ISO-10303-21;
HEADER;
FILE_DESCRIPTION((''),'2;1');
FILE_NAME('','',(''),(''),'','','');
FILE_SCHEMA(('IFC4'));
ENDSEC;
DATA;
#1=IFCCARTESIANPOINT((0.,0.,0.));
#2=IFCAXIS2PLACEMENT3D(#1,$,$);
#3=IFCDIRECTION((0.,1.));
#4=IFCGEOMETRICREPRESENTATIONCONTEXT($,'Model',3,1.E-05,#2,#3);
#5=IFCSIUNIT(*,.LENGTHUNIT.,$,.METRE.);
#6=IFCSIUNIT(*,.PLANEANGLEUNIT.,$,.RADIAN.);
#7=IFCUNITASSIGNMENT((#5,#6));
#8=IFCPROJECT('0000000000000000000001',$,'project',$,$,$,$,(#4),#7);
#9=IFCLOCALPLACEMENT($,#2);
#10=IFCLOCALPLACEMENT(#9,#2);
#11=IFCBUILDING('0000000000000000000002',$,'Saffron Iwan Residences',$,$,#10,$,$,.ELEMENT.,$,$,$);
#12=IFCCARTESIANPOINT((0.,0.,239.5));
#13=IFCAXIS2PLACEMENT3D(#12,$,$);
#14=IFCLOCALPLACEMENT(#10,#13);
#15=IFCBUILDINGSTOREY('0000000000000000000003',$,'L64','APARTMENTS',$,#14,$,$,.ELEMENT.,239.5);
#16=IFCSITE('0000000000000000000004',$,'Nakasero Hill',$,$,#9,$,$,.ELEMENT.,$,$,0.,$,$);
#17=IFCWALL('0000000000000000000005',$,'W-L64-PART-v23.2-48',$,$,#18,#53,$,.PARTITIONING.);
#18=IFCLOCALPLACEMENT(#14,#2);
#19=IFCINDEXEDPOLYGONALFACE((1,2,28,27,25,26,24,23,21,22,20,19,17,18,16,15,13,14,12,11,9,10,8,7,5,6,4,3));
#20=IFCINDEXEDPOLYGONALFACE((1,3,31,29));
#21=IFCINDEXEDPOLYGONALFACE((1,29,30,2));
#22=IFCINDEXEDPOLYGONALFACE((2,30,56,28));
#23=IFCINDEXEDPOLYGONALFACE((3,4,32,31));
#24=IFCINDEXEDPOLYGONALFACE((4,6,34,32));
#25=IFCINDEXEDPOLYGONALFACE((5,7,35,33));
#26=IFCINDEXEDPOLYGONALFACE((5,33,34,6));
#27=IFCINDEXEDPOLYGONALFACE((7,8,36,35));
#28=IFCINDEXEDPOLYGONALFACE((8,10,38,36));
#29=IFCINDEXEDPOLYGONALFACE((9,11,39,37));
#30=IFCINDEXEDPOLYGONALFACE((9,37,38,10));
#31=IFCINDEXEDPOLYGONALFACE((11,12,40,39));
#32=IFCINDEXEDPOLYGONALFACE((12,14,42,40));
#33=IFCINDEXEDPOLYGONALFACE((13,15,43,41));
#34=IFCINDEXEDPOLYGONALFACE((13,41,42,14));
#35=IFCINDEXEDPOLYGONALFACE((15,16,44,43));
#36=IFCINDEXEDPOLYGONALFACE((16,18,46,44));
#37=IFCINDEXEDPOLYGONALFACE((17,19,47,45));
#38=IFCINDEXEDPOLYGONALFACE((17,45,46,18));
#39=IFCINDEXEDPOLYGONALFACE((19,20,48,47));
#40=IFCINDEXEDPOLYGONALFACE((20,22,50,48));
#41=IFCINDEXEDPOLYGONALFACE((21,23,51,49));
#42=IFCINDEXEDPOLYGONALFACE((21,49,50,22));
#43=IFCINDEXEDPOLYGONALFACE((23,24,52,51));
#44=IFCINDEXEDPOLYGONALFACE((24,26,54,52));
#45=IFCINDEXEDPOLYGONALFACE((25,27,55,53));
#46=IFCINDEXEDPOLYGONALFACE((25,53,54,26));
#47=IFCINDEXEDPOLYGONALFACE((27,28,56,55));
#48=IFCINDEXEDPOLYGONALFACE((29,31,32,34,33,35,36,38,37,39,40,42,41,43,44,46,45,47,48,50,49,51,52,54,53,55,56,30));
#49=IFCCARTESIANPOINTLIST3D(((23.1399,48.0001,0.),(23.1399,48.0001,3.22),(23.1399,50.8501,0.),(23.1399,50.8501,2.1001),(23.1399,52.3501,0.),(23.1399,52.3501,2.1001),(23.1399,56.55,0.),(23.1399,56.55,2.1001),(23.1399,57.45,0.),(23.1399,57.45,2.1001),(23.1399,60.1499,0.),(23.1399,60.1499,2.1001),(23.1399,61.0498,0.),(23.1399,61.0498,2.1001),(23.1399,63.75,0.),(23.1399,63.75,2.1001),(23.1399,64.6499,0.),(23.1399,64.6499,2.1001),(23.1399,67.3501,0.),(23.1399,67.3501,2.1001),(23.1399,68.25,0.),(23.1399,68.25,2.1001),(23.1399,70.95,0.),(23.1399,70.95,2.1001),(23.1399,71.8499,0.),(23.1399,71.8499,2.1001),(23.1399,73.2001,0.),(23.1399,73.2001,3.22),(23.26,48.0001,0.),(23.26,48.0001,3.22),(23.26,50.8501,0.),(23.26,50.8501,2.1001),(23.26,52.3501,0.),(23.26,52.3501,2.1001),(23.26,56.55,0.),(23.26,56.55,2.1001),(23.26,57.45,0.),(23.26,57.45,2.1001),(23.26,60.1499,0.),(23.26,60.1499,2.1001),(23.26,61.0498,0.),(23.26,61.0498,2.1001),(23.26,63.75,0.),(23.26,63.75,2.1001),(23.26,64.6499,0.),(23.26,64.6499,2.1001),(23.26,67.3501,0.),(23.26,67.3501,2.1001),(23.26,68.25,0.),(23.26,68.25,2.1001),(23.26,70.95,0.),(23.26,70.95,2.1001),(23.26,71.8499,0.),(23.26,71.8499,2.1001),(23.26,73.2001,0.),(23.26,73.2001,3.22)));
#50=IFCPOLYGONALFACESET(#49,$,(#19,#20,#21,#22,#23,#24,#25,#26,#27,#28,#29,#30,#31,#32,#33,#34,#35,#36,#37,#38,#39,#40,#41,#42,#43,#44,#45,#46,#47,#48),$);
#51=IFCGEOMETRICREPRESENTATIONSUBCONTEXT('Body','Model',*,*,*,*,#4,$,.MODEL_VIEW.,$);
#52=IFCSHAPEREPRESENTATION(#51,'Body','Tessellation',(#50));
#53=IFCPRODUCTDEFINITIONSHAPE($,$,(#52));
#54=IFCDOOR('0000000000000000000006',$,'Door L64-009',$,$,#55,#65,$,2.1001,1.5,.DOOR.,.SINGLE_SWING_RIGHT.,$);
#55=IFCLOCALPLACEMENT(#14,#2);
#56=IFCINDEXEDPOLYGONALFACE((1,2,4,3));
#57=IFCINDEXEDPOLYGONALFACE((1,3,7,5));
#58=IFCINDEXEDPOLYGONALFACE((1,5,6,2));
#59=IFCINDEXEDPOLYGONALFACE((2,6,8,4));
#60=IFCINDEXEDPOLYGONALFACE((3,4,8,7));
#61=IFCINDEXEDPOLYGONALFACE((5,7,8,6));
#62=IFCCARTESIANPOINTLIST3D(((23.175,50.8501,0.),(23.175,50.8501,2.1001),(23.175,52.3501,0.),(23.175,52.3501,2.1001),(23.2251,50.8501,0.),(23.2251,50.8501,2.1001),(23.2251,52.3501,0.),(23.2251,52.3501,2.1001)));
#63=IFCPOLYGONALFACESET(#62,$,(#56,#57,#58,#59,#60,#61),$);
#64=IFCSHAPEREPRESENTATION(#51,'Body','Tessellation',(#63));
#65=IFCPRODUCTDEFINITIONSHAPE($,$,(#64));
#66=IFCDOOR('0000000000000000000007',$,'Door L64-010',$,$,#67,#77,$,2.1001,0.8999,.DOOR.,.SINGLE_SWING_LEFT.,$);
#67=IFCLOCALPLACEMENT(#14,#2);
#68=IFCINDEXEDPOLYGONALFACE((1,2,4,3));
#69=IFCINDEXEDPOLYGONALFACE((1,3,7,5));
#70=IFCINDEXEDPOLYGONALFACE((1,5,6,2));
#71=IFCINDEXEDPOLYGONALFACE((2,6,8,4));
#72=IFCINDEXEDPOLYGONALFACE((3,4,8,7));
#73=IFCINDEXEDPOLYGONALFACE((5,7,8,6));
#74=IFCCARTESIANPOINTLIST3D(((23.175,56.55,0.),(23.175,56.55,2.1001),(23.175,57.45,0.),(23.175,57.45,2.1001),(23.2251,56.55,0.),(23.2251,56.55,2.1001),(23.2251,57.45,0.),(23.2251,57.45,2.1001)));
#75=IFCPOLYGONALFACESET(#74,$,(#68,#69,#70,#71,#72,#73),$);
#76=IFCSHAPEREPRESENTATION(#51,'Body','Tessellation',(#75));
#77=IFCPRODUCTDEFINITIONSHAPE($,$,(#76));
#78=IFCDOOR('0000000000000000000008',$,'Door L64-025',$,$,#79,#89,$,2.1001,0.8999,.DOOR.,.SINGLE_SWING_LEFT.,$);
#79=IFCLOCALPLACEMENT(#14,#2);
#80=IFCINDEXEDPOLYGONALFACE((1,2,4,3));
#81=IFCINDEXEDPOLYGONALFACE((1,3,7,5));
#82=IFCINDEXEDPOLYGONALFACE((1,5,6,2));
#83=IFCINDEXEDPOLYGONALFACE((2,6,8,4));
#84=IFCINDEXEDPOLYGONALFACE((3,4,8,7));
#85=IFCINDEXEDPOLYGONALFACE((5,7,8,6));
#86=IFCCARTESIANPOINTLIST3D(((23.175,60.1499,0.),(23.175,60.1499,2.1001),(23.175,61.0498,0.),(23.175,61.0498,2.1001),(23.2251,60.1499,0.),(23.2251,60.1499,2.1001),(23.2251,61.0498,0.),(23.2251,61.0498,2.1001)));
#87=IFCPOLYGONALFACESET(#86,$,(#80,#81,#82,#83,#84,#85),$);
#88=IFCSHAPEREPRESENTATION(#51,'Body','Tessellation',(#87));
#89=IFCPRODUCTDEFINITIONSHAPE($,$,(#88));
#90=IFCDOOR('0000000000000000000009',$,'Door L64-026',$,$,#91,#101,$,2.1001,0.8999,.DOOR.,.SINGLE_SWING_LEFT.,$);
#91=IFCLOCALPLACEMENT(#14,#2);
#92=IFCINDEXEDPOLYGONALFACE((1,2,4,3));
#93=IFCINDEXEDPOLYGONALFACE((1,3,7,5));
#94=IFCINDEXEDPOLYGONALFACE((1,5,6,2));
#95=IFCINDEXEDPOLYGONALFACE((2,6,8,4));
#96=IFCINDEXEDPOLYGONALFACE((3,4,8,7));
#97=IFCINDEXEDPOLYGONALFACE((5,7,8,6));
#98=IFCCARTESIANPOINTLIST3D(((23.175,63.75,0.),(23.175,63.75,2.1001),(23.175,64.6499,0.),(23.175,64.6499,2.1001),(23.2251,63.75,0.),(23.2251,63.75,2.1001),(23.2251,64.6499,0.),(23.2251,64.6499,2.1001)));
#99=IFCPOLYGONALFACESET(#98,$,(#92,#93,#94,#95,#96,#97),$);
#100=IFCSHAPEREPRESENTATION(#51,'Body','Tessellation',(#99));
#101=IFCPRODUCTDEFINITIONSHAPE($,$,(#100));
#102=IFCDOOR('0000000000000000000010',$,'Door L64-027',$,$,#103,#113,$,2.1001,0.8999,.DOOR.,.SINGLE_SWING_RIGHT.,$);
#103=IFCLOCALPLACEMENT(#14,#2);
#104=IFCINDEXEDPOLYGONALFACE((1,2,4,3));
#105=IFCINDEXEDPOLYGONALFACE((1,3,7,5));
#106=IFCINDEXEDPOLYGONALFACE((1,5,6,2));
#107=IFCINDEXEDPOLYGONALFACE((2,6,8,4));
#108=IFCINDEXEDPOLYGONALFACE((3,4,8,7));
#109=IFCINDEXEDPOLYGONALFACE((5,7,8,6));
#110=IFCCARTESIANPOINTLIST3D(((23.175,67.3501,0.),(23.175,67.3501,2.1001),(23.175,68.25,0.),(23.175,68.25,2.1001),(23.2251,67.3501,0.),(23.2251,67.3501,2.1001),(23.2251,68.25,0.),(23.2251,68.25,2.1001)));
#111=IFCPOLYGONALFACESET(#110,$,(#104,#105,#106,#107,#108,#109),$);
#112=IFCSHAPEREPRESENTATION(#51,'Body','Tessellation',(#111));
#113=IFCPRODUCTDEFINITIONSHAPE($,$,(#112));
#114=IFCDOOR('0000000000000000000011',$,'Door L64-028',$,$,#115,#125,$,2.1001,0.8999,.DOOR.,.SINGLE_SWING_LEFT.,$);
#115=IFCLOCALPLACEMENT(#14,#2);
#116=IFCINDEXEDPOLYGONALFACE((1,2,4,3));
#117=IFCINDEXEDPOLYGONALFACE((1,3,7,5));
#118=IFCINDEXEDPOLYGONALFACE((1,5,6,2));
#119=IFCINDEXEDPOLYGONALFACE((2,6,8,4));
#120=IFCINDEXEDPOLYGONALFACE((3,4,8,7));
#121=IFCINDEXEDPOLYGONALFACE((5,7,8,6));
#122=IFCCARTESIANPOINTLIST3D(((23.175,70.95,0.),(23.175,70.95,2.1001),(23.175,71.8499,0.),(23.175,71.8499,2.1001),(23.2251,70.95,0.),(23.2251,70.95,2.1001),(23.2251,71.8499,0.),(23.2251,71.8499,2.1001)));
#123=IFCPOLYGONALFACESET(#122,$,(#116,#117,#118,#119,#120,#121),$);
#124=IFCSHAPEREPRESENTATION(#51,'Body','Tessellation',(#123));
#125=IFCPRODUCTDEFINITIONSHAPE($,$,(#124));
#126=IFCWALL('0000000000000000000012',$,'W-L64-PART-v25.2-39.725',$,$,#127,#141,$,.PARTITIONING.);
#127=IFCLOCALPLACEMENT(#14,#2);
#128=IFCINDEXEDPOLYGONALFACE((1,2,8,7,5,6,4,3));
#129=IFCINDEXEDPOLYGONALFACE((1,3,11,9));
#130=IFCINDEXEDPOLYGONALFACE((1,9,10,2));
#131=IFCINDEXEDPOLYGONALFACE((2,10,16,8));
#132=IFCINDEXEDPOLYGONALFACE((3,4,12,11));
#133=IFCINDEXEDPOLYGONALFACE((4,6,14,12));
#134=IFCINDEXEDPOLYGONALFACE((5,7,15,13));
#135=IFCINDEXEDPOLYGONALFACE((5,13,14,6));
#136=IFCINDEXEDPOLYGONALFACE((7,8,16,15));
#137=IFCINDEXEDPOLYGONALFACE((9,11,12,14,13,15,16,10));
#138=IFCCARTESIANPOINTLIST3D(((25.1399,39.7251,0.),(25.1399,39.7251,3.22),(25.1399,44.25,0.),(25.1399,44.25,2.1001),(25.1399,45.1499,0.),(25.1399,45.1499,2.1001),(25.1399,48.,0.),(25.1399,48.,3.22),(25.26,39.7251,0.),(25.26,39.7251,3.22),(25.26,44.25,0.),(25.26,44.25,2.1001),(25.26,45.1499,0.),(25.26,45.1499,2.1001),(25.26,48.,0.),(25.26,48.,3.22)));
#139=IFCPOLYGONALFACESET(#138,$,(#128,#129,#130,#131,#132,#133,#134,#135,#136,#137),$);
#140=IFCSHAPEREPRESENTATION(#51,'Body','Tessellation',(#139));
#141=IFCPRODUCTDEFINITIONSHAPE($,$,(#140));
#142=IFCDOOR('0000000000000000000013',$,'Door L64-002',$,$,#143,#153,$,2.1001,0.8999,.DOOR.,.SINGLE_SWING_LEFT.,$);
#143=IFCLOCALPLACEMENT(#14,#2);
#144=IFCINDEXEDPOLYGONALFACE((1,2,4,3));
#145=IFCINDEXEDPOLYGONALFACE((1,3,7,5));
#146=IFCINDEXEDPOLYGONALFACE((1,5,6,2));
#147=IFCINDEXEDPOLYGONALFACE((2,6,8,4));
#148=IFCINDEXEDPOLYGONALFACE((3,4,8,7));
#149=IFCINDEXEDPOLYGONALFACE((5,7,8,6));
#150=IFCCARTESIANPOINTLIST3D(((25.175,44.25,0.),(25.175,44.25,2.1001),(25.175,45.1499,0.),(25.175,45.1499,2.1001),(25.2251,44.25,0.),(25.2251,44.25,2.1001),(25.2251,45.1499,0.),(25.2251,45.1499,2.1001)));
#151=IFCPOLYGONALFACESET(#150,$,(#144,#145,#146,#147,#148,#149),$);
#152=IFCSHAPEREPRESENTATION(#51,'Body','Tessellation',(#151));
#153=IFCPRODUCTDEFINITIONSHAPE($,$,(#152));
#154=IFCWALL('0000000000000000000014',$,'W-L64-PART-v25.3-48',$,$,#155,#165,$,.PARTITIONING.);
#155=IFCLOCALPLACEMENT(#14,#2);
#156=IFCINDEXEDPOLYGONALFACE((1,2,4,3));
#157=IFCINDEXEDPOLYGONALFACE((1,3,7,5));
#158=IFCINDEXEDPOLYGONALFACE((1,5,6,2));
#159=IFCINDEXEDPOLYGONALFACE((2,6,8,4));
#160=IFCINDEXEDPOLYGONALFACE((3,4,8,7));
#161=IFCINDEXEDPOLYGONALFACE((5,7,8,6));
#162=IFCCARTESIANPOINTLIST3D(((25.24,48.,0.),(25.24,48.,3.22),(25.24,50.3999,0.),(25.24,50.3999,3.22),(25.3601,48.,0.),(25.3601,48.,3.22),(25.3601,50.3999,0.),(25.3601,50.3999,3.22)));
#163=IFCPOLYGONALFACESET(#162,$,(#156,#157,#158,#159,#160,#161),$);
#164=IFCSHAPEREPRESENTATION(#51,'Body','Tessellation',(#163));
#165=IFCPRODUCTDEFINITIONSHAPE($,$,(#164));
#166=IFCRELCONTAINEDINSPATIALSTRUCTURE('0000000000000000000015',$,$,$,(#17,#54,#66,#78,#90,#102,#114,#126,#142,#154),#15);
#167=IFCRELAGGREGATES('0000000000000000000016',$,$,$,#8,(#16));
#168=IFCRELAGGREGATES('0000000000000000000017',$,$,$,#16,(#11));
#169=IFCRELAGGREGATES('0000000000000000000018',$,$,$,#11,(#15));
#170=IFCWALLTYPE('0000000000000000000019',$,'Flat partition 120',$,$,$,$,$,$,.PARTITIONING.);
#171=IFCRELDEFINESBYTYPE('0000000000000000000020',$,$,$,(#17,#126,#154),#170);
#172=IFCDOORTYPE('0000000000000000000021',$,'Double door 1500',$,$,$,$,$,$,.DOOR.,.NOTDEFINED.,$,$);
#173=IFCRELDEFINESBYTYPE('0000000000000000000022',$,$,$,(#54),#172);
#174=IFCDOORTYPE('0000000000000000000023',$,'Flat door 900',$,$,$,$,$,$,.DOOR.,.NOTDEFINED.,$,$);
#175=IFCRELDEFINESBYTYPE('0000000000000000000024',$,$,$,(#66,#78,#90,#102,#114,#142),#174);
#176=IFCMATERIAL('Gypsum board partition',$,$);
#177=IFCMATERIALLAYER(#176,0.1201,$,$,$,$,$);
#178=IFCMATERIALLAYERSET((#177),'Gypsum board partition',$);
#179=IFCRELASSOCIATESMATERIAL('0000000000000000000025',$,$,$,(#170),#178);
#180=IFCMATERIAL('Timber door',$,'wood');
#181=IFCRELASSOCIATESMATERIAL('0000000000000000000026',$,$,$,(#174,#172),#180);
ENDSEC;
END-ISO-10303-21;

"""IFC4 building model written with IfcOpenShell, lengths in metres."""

from ifc_helpers import new_model, si_unit, direction, frame, frame_2d, origin, place, context, subcontext, project, spatial, rectangle, extrude, material, layer, layer_set, type_object, element, fill, save


model = new_model("IFC4")

# Units and contexts
model_context = context("Model", 3, precision=1e-05, world=origin(), true_north=direction((0.0, 1.0)))
body_context = subcontext(model_context, "Body", "Model", "MODEL_VIEW")
ifc_project = project(units=[si_unit("LENGTHUNIT", "METRE"), si_unit("PLANEANGLEUNIT", "RADIAN")], contexts=[model_context])

# Site, building, storey
site_placement = place(None, origin())
site = spatial("IfcSite", under=ifc_project, at=site_placement, Name="Nakasero Hill", CompositionType="ELEMENT", RefElevation=0.0)
building_placement = place(site_placement, origin())
building = spatial("IfcBuilding", under=site, at=building_placement, Name="Saffron Iwan Residences", CompositionType="ELEMENT")
storey_placement = place(building_placement, frame((0.0, 0.0, 239.5)))
storey = spatial("IfcBuildingStorey", under=building, at=storey_placement, Name="L64", Description="APARTMENTS", CompositionType="ELEMENT", Elevation=239.5)

# Shared definitions
ifc_material_1 = material(Name="Gypsum board partition")
ifc_layer_1 = layer(ifc_material_1, 0.1201)
ifc_layer_set_1 = layer_set([ifc_layer_1], Name="Gypsum board partition")
wall_type_1 = type_object("IfcWallType", Name="Flat partition 120", PredefinedType="PARTITIONING", material=ifc_layer_set_1)
ifc_material_2 = material(Name="Timber door", Category="wood")
door_type_1 = type_object("IfcDoorType", Name="Flat door 900", OperationType="NOTDEFINED", PredefinedType="DOOR", material=ifc_material_2)

# Wall, openings, doors
wall_1_placement = place(storey_placement, frame((23.2, 48.0, 0.0), z_axis=(0.0, 0.0, 1.0), x_axis=(0.0, 1.0, 0.0)))
wall_1 = element("IfcWall", 1, at=wall_1_placement, inside=storey, type_object=wall_type_1, Name="W-L64-PART-v23.2-48", PredefinedType="PARTITIONING", context=body_context, shape_type="SweptSolid", body=[
    extrude(rectangle(XDim=25.2, YDim=0.1201, at=frame_2d((12.6001, 0.0))), origin(), (0.0, 0.0, 1.0), 3.22),
])
opening_1_placement = place(wall_1_placement, frame((2.8501, 0.0, 0.0)))
opening_1 = element("IfcOpeningElement", 2, at=opening_1_placement, cuts=wall_1, PredefinedType="OPENING", context=body_context, shape_type="SweptSolid", body=[
    extrude(rectangle(XDim=1.5, YDim=2.1001, at=frame_2d((0.75, 1.05))), frame((0.0, 0.0701, 0.0), z_axis=(0.0, -1.0, 0.0), x_axis=(1.0, 0.0, 0.0)), (0.0, 0.0, 1.0), 0.1401),
])
opening_2_placement = place(wall_1_placement, frame((8.55, 0.0, 0.0)))
opening_2 = element("IfcOpeningElement", 3, at=opening_2_placement, cuts=wall_1, PredefinedType="OPENING", context=body_context, shape_type="SweptSolid", body=[
    extrude(rectangle(XDim=0.8999, YDim=2.1001, at=frame_2d((0.45, 1.05))), frame((0.0, 0.0701, 0.0), z_axis=(0.0, -1.0, 0.0), x_axis=(1.0, 0.0, 0.0)), (0.0, 0.0, 1.0), 0.1401),
])
opening_3_placement = place(wall_1_placement, frame((12.1499, 0.0, 0.0)))
opening_3 = element("IfcOpeningElement", 4, at=opening_3_placement, cuts=wall_1, PredefinedType="OPENING", context=body_context, shape_type="SweptSolid", body=[
    extrude(rectangle(XDim=0.8999, YDim=2.1001, at=frame_2d((0.45, 1.05))), frame((0.0, 0.0701, 0.0), z_axis=(0.0, -1.0, 0.0), x_axis=(1.0, 0.0, 0.0)), (0.0, 0.0, 1.0), 0.1401),
])
opening_4_placement = place(wall_1_placement, frame((15.75, 0.0, 0.0)))
opening_4 = element("IfcOpeningElement", 5, at=opening_4_placement, cuts=wall_1, PredefinedType="OPENING", context=body_context, shape_type="SweptSolid", body=[
    extrude(rectangle(XDim=0.8999, YDim=2.1001, at=frame_2d((0.45, 1.05))), frame((0.0, 0.0701, 0.0), z_axis=(0.0, -1.0, 0.0), x_axis=(1.0, 0.0, 0.0)), (0.0, 0.0, 1.0), 0.1401),
])
opening_5_placement = place(wall_1_placement, frame((19.3501, 0.0, 0.0)))
opening_5 = element("IfcOpeningElement", 6, at=opening_5_placement, cuts=wall_1, PredefinedType="OPENING", context=body_context, shape_type="SweptSolid", body=[
    extrude(rectangle(XDim=0.8999, YDim=2.1001, at=frame_2d((0.45, 1.05))), frame((0.0, 0.0701, 0.0), z_axis=(0.0, -1.0, 0.0), x_axis=(1.0, 0.0, 0.0)), (0.0, 0.0, 1.0), 0.1401),
])
opening_6_placement = place(wall_1_placement, frame((22.95, 0.0, 0.0)))
opening_6 = element("IfcOpeningElement", 7, at=opening_6_placement, cuts=wall_1, PredefinedType="OPENING", context=body_context, shape_type="SweptSolid", body=[
    extrude(rectangle(XDim=0.8999, YDim=2.1001, at=frame_2d((0.45, 1.05))), frame((0.0, 0.0701, 0.0), z_axis=(0.0, -1.0, 0.0), x_axis=(1.0, 0.0, 0.0)), (0.0, 0.0, 1.0), 0.1401),
])
door_type_2 = type_object("IfcDoorType", Name="Double door 1500", OperationType="NOTDEFINED", PredefinedType="DOOR", material=ifc_material_2)
door_1_placement = place(opening_1_placement, origin())
door_1 = element("IfcDoor", 8, at=door_1_placement, inside=storey, type_object=door_type_2, Name="Door L64-009", OperationType="SINGLE_SWING_RIGHT", OverallHeight=2.1001, OverallWidth=1.5, PredefinedType="DOOR", context=body_context, shape_type="SweptSolid", body=[
    extrude(rectangle(XDim=1.5, YDim=2.1001, at=frame_2d((0.75, 1.05))), frame((0.0, 0.0249, 0.0), z_axis=(0.0, -1.0, 0.0), x_axis=(1.0, 0.0, 0.0)), (0.0, 0.0, 1.0), 0.05),
])
fill(opening_1, door_1)
door_2_placement = place(opening_2_placement, origin())
door_2 = element("IfcDoor", 9, at=door_2_placement, inside=storey, type_object=door_type_1, Name="Door L64-010", OperationType="SINGLE_SWING_LEFT", OverallHeight=2.1001, OverallWidth=0.8999, PredefinedType="DOOR", context=body_context, shape_type="SweptSolid", body=[
    extrude(rectangle(XDim=0.8999, YDim=2.1001, at=frame_2d((0.45, 1.05))), frame((0.0, 0.0249, 0.0), z_axis=(0.0, -1.0, 0.0), x_axis=(1.0, 0.0, 0.0)), (0.0, 0.0, 1.0), 0.05),
])
fill(opening_2, door_2)
door_3_placement = place(opening_3_placement, origin())
door_3 = element("IfcDoor", 10, at=door_3_placement, inside=storey, type_object=door_type_1, Name="Door L64-025", OperationType="SINGLE_SWING_LEFT", OverallHeight=2.1001, OverallWidth=0.8999, PredefinedType="DOOR", context=body_context, shape_type="SweptSolid", body=[
    extrude(rectangle(XDim=0.8999, YDim=2.1001, at=frame_2d((0.45, 1.05))), frame((0.0, 0.0249, 0.0), z_axis=(0.0, -1.0, 0.0), x_axis=(1.0, 0.0, 0.0)), (0.0, 0.0, 1.0), 0.05),
])
fill(opening_3, door_3)
door_4_placement = place(opening_4_placement, origin())
door_4 = element("IfcDoor", 11, at=door_4_placement, inside=storey, type_object=door_type_1, Name="Door L64-026", OperationType="SINGLE_SWING_LEFT", OverallHeight=2.1001, OverallWidth=0.8999, PredefinedType="DOOR", context=body_context, shape_type="SweptSolid", body=[
    extrude(rectangle(XDim=0.8999, YDim=2.1001, at=frame_2d((0.45, 1.05))), frame((0.0, 0.0249, 0.0), z_axis=(0.0, -1.0, 0.0), x_axis=(1.0, 0.0, 0.0)), (0.0, 0.0, 1.0), 0.05),
])
fill(opening_4, door_4)
door_5_placement = place(opening_5_placement, origin())
door_5 = element("IfcDoor", 12, at=door_5_placement, inside=storey, type_object=door_type_1, Name="Door L64-027", OperationType="SINGLE_SWING_RIGHT", OverallHeight=2.1001, OverallWidth=0.8999, PredefinedType="DOOR", context=body_context, shape_type="SweptSolid", body=[
    extrude(rectangle(XDim=0.8999, YDim=2.1001, at=frame_2d((0.45, 1.05))), frame((0.0, 0.0249, 0.0), z_axis=(0.0, -1.0, 0.0), x_axis=(1.0, 0.0, 0.0)), (0.0, 0.0, 1.0), 0.05),
])
fill(opening_5, door_5)
door_6_placement = place(opening_6_placement, origin())
door_6 = element("IfcDoor", 13, at=door_6_placement, inside=storey, type_object=door_type_1, Name="Door L64-028", OperationType="SINGLE_SWING_LEFT", OverallHeight=2.1001, OverallWidth=0.8999, PredefinedType="DOOR", context=body_context, shape_type="SweptSolid", body=[
    extrude(rectangle(XDim=0.8999, YDim=2.1001, at=frame_2d((0.45, 1.05))), frame((0.0, 0.0249, 0.0), z_axis=(0.0, -1.0, 0.0), x_axis=(1.0, 0.0, 0.0)), (0.0, 0.0, 1.0), 0.05),
])
fill(opening_6, door_6)

# Wall, opening, door
wall_2_placement = place(storey_placement, frame((25.2, 39.7251, 0.0), z_axis=(0.0, 0.0, 1.0), x_axis=(0.0, 1.0, 0.0)))
wall_2 = element("IfcWall", 14, at=wall_2_placement, inside=storey, type_object=wall_type_1, Name="W-L64-PART-v25.2-39.725", PredefinedType="PARTITIONING", context=body_context, shape_type="SweptSolid", body=[
    extrude(rectangle(XDim=8.2749, YDim=0.1201, at=frame_2d((4.1375, 0.0))), origin(), (0.0, 0.0, 1.0), 3.22),
])
opening_7_placement = place(wall_2_placement, frame((4.5249, 0.0, 0.0)))
opening_7 = element("IfcOpeningElement", 15, at=opening_7_placement, cuts=wall_2, PredefinedType="OPENING", context=body_context, shape_type="SweptSolid", body=[
    extrude(rectangle(XDim=0.8999, YDim=2.1001, at=frame_2d((0.45, 1.05))), frame((0.0, 0.0701, 0.0), z_axis=(0.0, -1.0, 0.0), x_axis=(1.0, 0.0, 0.0)), (0.0, 0.0, 1.0), 0.1401),
])
door_7_placement = place(opening_7_placement, origin())
door_7 = element("IfcDoor", 16, at=door_7_placement, inside=storey, type_object=door_type_1, Name="Door L64-002", OperationType="SINGLE_SWING_LEFT", OverallHeight=2.1001, OverallWidth=0.8999, PredefinedType="DOOR", context=body_context, shape_type="SweptSolid", body=[
    extrude(rectangle(XDim=0.8999, YDim=2.1001, at=frame_2d((0.45, 1.05))), frame((0.0, 0.0249, 0.0), z_axis=(0.0, -1.0, 0.0), x_axis=(1.0, 0.0, 0.0)), (0.0, 0.0, 1.0), 0.05),
])
fill(opening_7, door_7)

# Wall
for number, where, z_axis, x_axis, name in (
    (17, (25.3, 48.0, 0.0), (0.0, 0.0, 1.0), (0.0, 1.0, 0.0), "W-L64-PART-v25.3-48"),
):
    element("IfcWall", number, at=place(storey_placement, frame(where, z_axis=z_axis, x_axis=x_axis)), inside=storey, type_object=wall_type_1, Name=name, PredefinedType="PARTITIONING", context=body_context, shape_type="SweptSolid", body=[
        extrude(rectangle(XDim=2.3999, YDim=0.1201, at=frame_2d((1.2, 0.0))), origin(), (0.0, 0.0, 1.0), 3.22),
    ])

save(model, "model.ifc")
